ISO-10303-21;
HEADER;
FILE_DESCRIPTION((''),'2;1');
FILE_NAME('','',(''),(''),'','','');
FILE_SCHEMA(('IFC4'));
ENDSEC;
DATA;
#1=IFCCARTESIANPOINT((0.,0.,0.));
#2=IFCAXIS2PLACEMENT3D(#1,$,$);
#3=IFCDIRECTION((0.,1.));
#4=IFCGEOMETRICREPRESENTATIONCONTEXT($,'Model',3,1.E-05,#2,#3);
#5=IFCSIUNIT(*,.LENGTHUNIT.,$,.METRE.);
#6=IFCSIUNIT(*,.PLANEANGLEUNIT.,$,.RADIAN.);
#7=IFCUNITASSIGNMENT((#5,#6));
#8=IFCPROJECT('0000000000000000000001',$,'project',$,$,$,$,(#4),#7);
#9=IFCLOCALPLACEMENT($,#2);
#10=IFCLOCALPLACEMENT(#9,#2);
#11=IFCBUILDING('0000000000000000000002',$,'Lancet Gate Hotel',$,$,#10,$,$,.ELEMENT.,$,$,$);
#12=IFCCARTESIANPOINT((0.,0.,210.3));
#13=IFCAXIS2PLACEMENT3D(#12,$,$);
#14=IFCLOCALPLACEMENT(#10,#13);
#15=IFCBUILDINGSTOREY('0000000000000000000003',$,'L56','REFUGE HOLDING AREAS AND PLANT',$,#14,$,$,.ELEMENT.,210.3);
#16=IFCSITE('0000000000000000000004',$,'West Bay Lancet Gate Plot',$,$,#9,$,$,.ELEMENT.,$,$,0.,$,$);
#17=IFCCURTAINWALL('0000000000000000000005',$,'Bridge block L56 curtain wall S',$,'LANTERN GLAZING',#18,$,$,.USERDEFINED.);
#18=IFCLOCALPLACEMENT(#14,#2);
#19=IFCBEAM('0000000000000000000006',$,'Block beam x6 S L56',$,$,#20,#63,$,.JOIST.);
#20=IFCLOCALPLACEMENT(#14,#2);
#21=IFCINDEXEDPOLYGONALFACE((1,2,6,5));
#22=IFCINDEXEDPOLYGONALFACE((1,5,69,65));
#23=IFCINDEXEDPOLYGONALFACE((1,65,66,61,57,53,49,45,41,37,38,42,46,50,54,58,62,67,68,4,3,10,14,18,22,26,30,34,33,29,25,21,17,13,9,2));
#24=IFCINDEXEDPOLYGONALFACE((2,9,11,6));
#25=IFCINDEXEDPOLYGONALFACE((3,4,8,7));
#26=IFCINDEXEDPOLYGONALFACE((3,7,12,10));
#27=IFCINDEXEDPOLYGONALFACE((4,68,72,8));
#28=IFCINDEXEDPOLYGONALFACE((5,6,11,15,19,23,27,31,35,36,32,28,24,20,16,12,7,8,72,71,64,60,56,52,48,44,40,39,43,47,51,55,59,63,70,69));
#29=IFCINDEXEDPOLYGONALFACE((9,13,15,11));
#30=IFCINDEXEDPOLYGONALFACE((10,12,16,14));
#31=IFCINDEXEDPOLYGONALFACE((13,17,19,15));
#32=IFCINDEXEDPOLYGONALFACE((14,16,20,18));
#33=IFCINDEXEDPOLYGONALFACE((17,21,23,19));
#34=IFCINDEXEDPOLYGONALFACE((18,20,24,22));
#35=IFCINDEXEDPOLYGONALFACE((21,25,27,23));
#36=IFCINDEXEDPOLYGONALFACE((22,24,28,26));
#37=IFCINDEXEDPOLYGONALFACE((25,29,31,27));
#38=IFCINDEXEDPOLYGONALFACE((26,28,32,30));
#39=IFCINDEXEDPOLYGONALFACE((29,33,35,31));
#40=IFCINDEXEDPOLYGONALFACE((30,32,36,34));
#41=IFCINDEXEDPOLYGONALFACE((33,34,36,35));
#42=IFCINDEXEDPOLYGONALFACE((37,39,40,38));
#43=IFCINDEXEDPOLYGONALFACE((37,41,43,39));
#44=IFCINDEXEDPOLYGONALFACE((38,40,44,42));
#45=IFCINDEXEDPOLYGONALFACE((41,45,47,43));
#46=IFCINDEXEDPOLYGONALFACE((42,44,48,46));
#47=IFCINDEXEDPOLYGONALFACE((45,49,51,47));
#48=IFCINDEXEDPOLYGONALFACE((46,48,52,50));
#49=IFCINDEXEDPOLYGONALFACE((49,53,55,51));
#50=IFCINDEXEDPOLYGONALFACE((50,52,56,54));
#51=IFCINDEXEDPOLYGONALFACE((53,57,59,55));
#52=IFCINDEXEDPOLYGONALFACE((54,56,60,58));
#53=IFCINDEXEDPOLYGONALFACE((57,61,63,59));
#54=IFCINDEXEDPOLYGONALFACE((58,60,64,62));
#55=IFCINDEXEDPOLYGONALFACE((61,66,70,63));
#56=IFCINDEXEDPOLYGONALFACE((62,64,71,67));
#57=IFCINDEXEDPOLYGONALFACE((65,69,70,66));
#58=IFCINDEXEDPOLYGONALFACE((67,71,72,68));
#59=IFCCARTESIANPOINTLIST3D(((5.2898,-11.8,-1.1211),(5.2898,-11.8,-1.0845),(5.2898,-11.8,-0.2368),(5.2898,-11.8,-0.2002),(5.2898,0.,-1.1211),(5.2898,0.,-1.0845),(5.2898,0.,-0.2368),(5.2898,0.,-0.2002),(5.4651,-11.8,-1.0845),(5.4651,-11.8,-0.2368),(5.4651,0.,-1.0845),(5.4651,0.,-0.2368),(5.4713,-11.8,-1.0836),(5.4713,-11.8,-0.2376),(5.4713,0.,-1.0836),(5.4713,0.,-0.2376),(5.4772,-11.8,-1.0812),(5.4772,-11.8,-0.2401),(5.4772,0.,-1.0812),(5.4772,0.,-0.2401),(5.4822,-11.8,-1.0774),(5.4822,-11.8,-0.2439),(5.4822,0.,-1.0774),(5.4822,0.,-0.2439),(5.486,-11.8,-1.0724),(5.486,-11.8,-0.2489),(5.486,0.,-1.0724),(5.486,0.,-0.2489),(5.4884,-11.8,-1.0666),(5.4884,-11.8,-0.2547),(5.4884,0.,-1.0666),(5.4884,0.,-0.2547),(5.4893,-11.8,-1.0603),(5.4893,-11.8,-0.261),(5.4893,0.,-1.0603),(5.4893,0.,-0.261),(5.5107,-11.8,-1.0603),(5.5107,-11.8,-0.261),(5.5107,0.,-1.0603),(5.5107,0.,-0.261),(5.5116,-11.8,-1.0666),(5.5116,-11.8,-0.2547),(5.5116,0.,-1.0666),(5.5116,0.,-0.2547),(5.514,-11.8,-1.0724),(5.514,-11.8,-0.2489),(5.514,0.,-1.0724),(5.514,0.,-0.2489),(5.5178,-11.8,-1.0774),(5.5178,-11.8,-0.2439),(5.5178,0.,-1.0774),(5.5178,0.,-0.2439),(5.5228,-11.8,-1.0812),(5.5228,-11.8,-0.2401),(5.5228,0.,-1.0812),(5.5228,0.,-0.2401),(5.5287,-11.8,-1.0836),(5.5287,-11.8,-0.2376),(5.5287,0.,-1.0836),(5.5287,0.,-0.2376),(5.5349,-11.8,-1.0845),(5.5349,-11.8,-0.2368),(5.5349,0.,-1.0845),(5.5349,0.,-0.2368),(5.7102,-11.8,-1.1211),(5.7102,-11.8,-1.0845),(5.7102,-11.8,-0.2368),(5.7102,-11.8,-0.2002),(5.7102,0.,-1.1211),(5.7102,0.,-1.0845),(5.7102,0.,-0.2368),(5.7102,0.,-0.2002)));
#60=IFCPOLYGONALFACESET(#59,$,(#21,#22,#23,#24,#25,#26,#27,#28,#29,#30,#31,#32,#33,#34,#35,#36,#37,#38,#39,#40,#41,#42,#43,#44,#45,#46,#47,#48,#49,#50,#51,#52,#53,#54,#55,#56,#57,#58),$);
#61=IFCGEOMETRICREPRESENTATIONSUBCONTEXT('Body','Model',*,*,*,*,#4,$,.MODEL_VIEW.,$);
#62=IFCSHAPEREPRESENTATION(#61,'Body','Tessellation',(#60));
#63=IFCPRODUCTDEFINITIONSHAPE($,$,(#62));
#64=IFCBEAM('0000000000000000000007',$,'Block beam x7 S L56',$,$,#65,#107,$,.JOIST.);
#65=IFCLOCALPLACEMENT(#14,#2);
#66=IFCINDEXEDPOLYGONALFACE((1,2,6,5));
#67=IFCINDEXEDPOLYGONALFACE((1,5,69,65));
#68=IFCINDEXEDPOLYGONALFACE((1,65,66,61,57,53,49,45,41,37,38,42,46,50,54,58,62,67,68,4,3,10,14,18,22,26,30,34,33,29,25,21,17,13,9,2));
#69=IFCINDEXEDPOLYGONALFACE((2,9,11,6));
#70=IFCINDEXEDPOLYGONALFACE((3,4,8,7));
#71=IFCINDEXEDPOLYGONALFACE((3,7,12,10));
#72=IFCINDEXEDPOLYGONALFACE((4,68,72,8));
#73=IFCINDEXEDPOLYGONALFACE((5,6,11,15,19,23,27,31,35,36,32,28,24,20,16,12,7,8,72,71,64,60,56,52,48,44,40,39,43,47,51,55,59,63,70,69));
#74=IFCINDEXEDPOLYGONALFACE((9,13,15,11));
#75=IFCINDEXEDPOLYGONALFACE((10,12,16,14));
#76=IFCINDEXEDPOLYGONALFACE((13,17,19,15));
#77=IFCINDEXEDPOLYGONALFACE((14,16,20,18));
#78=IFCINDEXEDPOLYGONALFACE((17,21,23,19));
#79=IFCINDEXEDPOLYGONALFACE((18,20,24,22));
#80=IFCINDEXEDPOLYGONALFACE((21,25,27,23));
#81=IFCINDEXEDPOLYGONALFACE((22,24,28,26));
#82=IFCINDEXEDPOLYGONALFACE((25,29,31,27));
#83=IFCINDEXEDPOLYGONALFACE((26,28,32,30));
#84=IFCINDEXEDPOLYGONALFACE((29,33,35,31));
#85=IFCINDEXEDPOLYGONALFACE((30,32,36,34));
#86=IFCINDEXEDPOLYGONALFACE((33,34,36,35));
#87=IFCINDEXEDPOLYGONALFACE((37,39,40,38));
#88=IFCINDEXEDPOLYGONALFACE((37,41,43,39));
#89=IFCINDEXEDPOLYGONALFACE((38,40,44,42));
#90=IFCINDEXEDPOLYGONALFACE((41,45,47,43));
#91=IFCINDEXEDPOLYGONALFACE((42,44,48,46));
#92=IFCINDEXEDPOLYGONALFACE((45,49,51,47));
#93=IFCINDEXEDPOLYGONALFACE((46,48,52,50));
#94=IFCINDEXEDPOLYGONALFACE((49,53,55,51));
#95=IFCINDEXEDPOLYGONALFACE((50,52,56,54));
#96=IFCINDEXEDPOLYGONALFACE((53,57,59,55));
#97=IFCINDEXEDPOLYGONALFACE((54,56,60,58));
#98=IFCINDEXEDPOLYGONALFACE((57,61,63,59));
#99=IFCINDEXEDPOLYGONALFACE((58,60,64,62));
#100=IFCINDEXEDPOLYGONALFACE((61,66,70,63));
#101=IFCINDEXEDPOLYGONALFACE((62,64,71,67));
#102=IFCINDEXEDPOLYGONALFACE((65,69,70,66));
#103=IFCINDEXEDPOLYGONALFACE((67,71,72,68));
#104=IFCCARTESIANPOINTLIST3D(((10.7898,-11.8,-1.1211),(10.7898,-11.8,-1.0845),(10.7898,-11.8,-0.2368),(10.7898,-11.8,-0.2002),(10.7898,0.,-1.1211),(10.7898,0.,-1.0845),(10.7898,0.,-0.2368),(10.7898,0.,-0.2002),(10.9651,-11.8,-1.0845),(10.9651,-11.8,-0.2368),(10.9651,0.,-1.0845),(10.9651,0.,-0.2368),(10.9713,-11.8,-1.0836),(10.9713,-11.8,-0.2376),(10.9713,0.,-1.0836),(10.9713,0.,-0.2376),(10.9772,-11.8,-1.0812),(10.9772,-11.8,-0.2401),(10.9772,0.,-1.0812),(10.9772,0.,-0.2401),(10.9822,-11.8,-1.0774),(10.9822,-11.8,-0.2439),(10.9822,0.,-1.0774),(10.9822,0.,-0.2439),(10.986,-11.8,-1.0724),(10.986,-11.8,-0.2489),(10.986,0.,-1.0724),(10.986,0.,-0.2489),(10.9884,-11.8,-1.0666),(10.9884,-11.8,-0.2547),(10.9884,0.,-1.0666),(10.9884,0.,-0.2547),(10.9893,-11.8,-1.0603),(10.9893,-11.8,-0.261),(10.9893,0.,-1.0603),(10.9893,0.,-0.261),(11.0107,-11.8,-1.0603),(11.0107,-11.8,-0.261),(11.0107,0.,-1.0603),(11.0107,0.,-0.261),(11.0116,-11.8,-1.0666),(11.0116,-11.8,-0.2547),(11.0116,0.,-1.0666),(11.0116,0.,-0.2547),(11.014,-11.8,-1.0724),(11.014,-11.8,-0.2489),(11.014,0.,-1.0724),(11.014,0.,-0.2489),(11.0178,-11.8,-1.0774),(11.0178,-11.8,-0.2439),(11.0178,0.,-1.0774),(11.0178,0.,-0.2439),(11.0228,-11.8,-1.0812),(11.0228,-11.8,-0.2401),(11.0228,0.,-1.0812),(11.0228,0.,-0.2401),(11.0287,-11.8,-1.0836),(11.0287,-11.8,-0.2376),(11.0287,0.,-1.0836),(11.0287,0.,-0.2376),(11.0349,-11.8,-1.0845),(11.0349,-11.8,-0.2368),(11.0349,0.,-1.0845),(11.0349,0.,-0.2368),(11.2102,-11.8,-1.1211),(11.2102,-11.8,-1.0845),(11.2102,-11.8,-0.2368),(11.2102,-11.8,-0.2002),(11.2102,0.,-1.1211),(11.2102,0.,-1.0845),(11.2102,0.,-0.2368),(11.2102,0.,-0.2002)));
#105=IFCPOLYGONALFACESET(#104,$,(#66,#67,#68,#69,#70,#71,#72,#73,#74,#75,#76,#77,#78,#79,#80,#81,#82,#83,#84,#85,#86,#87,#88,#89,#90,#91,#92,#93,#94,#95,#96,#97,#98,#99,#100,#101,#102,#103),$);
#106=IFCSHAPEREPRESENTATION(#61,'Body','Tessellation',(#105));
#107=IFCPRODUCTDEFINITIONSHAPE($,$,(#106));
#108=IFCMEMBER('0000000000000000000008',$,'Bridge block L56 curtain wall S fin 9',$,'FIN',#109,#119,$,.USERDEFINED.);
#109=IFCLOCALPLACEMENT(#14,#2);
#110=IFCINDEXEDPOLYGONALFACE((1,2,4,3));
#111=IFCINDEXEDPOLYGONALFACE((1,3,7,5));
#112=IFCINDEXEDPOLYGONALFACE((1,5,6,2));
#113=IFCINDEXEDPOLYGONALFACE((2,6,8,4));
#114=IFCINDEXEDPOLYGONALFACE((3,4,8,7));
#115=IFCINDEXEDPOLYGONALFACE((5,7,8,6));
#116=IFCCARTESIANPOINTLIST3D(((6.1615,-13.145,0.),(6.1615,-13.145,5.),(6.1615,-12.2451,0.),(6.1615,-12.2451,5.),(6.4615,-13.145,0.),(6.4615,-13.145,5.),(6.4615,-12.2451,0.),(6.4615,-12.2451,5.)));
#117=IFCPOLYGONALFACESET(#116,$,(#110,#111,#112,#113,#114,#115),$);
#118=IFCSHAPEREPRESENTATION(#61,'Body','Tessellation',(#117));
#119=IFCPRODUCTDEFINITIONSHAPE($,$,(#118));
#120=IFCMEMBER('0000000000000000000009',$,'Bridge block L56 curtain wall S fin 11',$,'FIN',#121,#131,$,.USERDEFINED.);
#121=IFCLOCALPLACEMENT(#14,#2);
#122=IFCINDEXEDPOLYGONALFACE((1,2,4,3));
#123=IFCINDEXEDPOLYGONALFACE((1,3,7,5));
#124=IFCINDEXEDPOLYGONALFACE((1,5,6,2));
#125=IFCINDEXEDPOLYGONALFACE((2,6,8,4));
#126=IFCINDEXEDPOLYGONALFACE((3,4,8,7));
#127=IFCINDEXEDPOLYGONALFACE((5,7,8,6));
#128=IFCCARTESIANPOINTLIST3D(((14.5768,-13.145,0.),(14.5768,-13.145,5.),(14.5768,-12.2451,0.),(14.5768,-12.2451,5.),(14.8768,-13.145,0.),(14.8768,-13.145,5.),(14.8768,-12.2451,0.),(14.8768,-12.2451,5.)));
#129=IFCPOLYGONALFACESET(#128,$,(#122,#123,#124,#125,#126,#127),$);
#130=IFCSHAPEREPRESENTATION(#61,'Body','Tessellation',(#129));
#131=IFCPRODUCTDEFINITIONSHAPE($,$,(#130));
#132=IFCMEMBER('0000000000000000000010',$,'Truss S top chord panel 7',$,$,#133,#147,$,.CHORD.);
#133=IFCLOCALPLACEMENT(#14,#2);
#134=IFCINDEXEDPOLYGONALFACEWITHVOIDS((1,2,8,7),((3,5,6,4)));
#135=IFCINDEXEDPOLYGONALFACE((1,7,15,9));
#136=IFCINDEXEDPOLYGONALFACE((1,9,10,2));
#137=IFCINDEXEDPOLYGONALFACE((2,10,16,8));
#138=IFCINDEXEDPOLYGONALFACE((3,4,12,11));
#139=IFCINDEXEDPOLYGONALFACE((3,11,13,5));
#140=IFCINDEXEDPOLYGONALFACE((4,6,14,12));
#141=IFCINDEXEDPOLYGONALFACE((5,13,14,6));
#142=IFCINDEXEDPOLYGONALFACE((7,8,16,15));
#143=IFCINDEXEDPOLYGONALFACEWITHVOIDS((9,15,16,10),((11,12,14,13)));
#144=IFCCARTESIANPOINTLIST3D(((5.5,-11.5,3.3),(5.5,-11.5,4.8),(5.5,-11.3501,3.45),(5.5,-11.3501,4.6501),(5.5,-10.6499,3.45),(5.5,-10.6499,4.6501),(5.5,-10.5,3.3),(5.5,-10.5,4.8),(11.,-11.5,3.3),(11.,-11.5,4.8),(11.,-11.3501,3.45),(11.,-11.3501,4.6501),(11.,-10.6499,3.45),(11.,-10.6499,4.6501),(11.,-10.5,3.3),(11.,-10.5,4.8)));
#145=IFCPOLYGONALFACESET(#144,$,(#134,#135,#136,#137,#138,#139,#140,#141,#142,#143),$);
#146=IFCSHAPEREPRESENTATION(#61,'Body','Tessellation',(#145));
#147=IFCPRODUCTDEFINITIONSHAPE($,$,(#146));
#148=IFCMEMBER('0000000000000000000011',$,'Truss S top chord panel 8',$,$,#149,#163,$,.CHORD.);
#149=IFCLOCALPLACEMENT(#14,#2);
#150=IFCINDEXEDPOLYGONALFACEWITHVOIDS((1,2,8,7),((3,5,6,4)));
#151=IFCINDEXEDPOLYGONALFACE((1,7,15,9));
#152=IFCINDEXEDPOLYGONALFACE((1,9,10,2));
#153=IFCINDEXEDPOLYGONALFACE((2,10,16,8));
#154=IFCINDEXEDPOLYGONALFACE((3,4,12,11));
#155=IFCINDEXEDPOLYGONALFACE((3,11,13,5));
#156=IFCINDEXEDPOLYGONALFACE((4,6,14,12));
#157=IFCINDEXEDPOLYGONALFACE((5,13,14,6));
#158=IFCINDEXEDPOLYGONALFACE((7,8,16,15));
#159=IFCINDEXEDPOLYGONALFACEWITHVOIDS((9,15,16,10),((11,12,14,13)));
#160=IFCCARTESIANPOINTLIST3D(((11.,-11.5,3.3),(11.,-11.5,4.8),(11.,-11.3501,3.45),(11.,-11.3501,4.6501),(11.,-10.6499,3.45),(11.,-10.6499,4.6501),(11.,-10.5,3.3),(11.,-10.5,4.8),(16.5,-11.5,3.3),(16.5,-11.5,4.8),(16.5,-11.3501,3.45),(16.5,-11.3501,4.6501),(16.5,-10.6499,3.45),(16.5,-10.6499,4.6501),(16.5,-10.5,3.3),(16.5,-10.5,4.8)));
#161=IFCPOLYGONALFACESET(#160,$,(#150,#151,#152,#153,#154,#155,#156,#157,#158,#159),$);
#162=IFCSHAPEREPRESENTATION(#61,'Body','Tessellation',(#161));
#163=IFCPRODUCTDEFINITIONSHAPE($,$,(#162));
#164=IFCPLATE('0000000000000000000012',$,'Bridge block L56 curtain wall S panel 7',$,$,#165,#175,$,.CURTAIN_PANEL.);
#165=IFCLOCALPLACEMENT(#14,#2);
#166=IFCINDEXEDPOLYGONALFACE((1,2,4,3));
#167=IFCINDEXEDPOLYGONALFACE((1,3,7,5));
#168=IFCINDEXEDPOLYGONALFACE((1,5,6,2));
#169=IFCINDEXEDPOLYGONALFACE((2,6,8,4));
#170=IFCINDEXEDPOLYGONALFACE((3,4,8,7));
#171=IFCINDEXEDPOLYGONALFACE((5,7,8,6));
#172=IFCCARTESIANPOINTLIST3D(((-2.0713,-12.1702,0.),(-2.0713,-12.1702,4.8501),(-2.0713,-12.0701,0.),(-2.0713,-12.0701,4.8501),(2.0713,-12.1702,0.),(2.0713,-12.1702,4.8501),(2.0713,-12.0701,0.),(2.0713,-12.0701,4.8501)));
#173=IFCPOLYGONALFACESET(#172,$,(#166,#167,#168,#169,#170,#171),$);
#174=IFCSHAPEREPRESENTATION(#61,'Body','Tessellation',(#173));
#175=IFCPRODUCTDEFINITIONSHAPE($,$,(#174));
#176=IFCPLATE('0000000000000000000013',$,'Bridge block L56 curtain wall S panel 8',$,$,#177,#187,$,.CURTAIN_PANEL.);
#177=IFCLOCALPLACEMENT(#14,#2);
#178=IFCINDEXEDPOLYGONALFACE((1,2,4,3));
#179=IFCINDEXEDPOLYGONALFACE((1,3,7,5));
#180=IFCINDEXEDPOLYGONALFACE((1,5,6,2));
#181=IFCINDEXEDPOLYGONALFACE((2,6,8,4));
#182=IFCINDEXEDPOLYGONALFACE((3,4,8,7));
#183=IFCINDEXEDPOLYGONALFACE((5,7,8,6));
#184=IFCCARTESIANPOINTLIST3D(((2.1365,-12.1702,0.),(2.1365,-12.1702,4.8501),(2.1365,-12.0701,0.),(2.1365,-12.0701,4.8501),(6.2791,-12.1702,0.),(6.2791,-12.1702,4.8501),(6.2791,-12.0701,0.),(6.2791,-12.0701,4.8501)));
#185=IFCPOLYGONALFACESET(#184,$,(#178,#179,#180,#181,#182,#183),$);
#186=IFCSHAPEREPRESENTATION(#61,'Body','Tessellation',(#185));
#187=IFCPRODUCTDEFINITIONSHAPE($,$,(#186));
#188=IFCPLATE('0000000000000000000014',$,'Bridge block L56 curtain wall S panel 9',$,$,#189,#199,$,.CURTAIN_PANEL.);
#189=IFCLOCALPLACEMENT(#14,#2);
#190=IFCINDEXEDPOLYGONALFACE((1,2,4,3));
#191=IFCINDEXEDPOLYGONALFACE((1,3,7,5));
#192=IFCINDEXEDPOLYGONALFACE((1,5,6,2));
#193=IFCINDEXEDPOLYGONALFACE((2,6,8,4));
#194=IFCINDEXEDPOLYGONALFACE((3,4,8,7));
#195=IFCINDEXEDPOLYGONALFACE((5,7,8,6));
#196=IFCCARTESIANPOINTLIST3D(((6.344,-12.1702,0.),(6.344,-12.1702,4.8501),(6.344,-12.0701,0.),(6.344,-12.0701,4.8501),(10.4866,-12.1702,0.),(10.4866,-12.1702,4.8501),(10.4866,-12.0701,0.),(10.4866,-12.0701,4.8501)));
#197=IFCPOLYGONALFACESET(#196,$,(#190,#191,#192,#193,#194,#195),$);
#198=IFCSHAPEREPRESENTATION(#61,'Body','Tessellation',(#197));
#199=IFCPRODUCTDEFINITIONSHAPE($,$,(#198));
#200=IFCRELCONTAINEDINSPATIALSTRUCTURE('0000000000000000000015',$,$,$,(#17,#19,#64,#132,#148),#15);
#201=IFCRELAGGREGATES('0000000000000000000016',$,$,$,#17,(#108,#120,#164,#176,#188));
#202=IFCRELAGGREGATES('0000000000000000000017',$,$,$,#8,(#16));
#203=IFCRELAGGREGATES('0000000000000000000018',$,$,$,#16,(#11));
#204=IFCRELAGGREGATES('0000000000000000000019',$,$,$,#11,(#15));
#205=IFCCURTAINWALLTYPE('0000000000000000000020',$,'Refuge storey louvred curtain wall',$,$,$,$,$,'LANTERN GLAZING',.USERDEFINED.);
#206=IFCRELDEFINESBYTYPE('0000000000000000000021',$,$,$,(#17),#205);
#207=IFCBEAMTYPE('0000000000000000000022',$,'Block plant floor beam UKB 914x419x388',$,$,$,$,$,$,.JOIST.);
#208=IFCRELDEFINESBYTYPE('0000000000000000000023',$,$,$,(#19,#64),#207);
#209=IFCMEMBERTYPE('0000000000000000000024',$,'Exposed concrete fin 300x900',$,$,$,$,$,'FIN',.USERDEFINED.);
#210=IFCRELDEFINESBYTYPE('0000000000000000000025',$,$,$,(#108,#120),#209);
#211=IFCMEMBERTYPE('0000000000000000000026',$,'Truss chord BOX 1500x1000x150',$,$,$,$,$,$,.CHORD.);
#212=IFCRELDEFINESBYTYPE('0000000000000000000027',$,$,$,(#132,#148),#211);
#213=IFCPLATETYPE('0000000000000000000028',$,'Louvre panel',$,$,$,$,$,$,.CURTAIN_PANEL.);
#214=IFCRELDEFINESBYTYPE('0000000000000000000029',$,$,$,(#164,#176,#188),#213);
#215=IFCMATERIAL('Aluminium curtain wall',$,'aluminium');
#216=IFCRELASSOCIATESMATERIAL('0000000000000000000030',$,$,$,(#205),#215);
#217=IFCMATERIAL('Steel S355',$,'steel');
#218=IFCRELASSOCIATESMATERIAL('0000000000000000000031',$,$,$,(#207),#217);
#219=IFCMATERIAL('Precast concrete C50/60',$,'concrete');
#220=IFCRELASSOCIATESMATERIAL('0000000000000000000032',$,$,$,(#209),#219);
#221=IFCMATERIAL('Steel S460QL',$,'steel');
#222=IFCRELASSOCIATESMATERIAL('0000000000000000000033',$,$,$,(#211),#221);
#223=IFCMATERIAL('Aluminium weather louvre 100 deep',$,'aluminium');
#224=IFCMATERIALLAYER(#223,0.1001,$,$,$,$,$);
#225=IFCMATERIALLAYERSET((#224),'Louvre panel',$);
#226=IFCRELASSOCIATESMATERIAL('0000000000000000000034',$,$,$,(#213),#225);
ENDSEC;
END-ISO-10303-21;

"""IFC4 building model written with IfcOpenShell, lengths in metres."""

from ifc_helpers import new_model, si_unit, direction, frame, origin, origin_2d, place, context, subcontext, project, spatial, rectangle, hollow_rectangle, i_section, extrude, material, layer, layer_set, material_profile, profile_set, type_object, element, aggregate, save


model = new_model("IFC4")

# Units and contexts
model_context = context("Model", 3, precision=1e-05, world=origin(), true_north=direction((0.0, 1.0)))
body_context = subcontext(model_context, "Body", "Model", "MODEL_VIEW")
ifc_project = project(units=[si_unit("LENGTHUNIT", "METRE"), si_unit("PLANEANGLEUNIT", "RADIAN")], contexts=[model_context])

# Site, building, storey
site_placement = place(None, origin())
site = spatial("IfcSite", under=ifc_project, at=site_placement, Name="West Bay Lancet Gate Plot", CompositionType="ELEMENT", RefElevation=0.0)
building_placement = place(site_placement, origin())
building = spatial("IfcBuilding", under=site, at=building_placement, Name="Lancet Gate Hotel", CompositionType="ELEMENT")
storey_placement = place(building_placement, frame((0.0, 0.0, 210.3)))
storey = spatial("IfcBuildingStorey", under=building, at=storey_placement, Name="L56", Description="REFUGE HOLDING AREAS AND PLANT", CompositionType="ELEMENT", Elevation=210.3)

# Curtain wall
ifc_material_1 = material(Name="Aluminium curtain wall", Category="aluminium")
curtain_wall_type = type_object("IfcCurtainWallType", Name="Refuge storey louvred curtain wall", ElementType="LANTERN GLAZING", PredefinedType="USERDEFINED", material=ifc_material_1)
curtain_wall_placement = place(storey_placement, origin())
curtain_wall = element("IfcCurtainWall", 1, at=curtain_wall_placement, inside=storey, type_object=curtain_wall_type, Name="Bridge block L56 curtain wall S", ObjectType="LANTERN GLAZING", PredefinedType="USERDEFINED")

# Beams
ifc_material_2 = material(Name="Steel S355", Category="steel")
ifc_material_profile_1 = material_profile(ifc_material_2, i_section(OverallWidth=0.4204, OverallDepth=0.9209, WebThickness=0.0215, FlangeThickness=0.0366, FilletRadius=0.0242, at=origin_2d()), Name="UKB 914x419x388")
ifc_profile_set_1 = profile_set([ifc_material_profile_1], Name="Steel S355")
beam_type_1 = type_object("IfcBeamType", Name="Block plant floor beam UKB 914x419x388", PredefinedType="JOIST", material=ifc_profile_set_1)
for number, where, z_axis, x_axis, name in (
    (2, (5.5, -11.8, -0.6606), (0.0, 1.0, 0.0), (-1.0, 0.0, 0.0), "Block beam x6 S L56"),
    (3, (11.0, -11.8, -0.6606), (0.0, 1.0, 0.0), (-1.0, 0.0, 0.0), "Block beam x7 S L56"),
):
    element("IfcBeam", number, at=place(storey_placement, frame(where, z_axis=z_axis, x_axis=x_axis)), inside=storey, type_object=beam_type_1, Name=name, PredefinedType="JOIST", context=body_context, shape_type="SweptSolid", body=[
        extrude(i_section(OverallWidth=0.4204, OverallDepth=0.9209, WebThickness=0.0215, FlangeThickness=0.0366, FilletRadius=0.0242, at=origin_2d()), origin(), (0.0, 0.0, 1.0), 11.8),
    ])

# Members
ifc_material_3 = material(Name="Precast concrete C50/60", Category="concrete")
ifc_material_profile_2 = material_profile(ifc_material_3, rectangle(XDim=0.3, YDim=0.8999, at=origin_2d()), Name="FIN 300x900")
ifc_profile_set_2 = profile_set([ifc_material_profile_2], Name="Precast concrete C50/60")
member_type_1 = type_object("IfcMemberType", Name="Exposed concrete fin 300x900", ElementType="FIN", PredefinedType="USERDEFINED", material=ifc_profile_set_2)
member_1_placement = place(storey_placement, frame((6.3115, -12.6951, 0.0), z_axis=(0.0, 0.0, 1.0), x_axis=(1.0, 0.0, 0.0)))
member_1 = element("IfcMember", 4, at=member_1_placement, type_object=member_type_1, Name="Bridge block L56 curtain wall S fin 9", ObjectType="FIN", PredefinedType="USERDEFINED", context=body_context, shape_type="SweptSolid", body=[
    extrude(rectangle(XDim=0.3, YDim=0.8999, at=origin_2d()), origin(), (0.0, 0.0, 1.0), 5.0),
])
member_2_placement = place(storey_placement, frame((14.7268, -12.6951, 0.0), z_axis=(0.0, 0.0, 1.0), x_axis=(1.0, 0.0, 0.0)))
member_2 = element("IfcMember", 5, at=member_2_placement, type_object=member_type_1, Name="Bridge block L56 curtain wall S fin 11", ObjectType="FIN", PredefinedType="USERDEFINED", context=body_context, shape_type="SweptSolid", body=[
    extrude(rectangle(XDim=0.3, YDim=0.8999, at=origin_2d()), origin(), (0.0, 0.0, 1.0), 5.0),
])

# Members
ifc_material_4 = material(Name="Steel S460QL", Category="steel")
ifc_material_profile_3 = material_profile(ifc_material_4, hollow_rectangle(XDim=1.0, YDim=1.5, WallThickness=0.1499, at=origin_2d()), Name="BOX 1500x1000x150")
ifc_profile_set_3 = profile_set([ifc_material_profile_3], Name="Steel S460QL")
member_type_2 = type_object("IfcMemberType", Name="Truss chord BOX 1500x1000x150", PredefinedType="CHORD", material=ifc_profile_set_3)
for number, where, z_axis, x_axis, name in (
    (6, (5.5, -11.0, 4.05), (1.0, 0.0, 0.0), (0.0, 1.0, 0.0), "Truss S top chord panel 7"),
    (7, (11.0, -11.0, 4.05), (1.0, 0.0, 0.0), (0.0, 1.0, 0.0), "Truss S top chord panel 8"),
):
    element("IfcMember", number, at=place(storey_placement, frame(where, z_axis=z_axis, x_axis=x_axis)), inside=storey, type_object=member_type_2, Name=name, PredefinedType="CHORD", context=body_context, shape_type="SweptSolid", body=[
        extrude(hollow_rectangle(XDim=1.0, YDim=1.5, WallThickness=0.1499, at=origin_2d()), origin(), (0.0, 0.0, 1.0), 5.5),
    ])

# Plates
ifc_material_5 = material(Name="Aluminium weather louvre 100 deep", Category="aluminium")
ifc_layer_1 = layer(ifc_material_5, 0.1001)
ifc_layer_set_1 = layer_set([ifc_layer_1], Name="Louvre panel")
plate_type_1 = type_object("IfcPlateType", Name="Louvre panel", PredefinedType="CURTAIN_PANEL", material=ifc_layer_set_1)
plate_1_placement = place(storey_placement, frame((0.0, -12.1201, 0.0), z_axis=(0.0, 0.0, 1.0), x_axis=(1.0, 0.0, 0.0)))
plate_1 = element("IfcPlate", 8, at=plate_1_placement, type_object=plate_type_1, Name="Bridge block L56 curtain wall S panel 7", PredefinedType="CURTAIN_PANEL", context=body_context, shape_type="SweptSolid", body=[
    extrude(rectangle(XDim=4.1426, YDim=0.1001, at=origin_2d()), origin(), (0.0, 0.0, 1.0), 4.8501),
])
plate_2_placement = place(storey_placement, frame((4.2078, -12.1201, 0.0), z_axis=(0.0, 0.0, 1.0), x_axis=(1.0, 0.0, 0.0)))
plate_2 = element("IfcPlate", 9, at=plate_2_placement, type_object=plate_type_1, Name="Bridge block L56 curtain wall S panel 8", PredefinedType="CURTAIN_PANEL", context=body_context, shape_type="SweptSolid", body=[
    extrude(rectangle(XDim=4.1426, YDim=0.1001, at=origin_2d()), origin(), (0.0, 0.0, 1.0), 4.8501),
])
plate_3_placement = place(storey_placement, frame((8.4153, -12.1201, 0.0), z_axis=(0.0, 0.0, 1.0), x_axis=(1.0, 0.0, 0.0)))
plate_3 = element("IfcPlate", 10, at=plate_3_placement, type_object=plate_type_1, Name="Bridge block L56 curtain wall S panel 9", PredefinedType="CURTAIN_PANEL", context=body_context, shape_type="SweptSolid", body=[
    extrude(rectangle(XDim=4.1426, YDim=0.1001, at=origin_2d()), origin(), (0.0, 0.0, 1.0), 4.8501),
])
aggregate(curtain_wall, [member_1, member_2, plate_1, plate_2, plate_3])

save(model, "model.ifc")
